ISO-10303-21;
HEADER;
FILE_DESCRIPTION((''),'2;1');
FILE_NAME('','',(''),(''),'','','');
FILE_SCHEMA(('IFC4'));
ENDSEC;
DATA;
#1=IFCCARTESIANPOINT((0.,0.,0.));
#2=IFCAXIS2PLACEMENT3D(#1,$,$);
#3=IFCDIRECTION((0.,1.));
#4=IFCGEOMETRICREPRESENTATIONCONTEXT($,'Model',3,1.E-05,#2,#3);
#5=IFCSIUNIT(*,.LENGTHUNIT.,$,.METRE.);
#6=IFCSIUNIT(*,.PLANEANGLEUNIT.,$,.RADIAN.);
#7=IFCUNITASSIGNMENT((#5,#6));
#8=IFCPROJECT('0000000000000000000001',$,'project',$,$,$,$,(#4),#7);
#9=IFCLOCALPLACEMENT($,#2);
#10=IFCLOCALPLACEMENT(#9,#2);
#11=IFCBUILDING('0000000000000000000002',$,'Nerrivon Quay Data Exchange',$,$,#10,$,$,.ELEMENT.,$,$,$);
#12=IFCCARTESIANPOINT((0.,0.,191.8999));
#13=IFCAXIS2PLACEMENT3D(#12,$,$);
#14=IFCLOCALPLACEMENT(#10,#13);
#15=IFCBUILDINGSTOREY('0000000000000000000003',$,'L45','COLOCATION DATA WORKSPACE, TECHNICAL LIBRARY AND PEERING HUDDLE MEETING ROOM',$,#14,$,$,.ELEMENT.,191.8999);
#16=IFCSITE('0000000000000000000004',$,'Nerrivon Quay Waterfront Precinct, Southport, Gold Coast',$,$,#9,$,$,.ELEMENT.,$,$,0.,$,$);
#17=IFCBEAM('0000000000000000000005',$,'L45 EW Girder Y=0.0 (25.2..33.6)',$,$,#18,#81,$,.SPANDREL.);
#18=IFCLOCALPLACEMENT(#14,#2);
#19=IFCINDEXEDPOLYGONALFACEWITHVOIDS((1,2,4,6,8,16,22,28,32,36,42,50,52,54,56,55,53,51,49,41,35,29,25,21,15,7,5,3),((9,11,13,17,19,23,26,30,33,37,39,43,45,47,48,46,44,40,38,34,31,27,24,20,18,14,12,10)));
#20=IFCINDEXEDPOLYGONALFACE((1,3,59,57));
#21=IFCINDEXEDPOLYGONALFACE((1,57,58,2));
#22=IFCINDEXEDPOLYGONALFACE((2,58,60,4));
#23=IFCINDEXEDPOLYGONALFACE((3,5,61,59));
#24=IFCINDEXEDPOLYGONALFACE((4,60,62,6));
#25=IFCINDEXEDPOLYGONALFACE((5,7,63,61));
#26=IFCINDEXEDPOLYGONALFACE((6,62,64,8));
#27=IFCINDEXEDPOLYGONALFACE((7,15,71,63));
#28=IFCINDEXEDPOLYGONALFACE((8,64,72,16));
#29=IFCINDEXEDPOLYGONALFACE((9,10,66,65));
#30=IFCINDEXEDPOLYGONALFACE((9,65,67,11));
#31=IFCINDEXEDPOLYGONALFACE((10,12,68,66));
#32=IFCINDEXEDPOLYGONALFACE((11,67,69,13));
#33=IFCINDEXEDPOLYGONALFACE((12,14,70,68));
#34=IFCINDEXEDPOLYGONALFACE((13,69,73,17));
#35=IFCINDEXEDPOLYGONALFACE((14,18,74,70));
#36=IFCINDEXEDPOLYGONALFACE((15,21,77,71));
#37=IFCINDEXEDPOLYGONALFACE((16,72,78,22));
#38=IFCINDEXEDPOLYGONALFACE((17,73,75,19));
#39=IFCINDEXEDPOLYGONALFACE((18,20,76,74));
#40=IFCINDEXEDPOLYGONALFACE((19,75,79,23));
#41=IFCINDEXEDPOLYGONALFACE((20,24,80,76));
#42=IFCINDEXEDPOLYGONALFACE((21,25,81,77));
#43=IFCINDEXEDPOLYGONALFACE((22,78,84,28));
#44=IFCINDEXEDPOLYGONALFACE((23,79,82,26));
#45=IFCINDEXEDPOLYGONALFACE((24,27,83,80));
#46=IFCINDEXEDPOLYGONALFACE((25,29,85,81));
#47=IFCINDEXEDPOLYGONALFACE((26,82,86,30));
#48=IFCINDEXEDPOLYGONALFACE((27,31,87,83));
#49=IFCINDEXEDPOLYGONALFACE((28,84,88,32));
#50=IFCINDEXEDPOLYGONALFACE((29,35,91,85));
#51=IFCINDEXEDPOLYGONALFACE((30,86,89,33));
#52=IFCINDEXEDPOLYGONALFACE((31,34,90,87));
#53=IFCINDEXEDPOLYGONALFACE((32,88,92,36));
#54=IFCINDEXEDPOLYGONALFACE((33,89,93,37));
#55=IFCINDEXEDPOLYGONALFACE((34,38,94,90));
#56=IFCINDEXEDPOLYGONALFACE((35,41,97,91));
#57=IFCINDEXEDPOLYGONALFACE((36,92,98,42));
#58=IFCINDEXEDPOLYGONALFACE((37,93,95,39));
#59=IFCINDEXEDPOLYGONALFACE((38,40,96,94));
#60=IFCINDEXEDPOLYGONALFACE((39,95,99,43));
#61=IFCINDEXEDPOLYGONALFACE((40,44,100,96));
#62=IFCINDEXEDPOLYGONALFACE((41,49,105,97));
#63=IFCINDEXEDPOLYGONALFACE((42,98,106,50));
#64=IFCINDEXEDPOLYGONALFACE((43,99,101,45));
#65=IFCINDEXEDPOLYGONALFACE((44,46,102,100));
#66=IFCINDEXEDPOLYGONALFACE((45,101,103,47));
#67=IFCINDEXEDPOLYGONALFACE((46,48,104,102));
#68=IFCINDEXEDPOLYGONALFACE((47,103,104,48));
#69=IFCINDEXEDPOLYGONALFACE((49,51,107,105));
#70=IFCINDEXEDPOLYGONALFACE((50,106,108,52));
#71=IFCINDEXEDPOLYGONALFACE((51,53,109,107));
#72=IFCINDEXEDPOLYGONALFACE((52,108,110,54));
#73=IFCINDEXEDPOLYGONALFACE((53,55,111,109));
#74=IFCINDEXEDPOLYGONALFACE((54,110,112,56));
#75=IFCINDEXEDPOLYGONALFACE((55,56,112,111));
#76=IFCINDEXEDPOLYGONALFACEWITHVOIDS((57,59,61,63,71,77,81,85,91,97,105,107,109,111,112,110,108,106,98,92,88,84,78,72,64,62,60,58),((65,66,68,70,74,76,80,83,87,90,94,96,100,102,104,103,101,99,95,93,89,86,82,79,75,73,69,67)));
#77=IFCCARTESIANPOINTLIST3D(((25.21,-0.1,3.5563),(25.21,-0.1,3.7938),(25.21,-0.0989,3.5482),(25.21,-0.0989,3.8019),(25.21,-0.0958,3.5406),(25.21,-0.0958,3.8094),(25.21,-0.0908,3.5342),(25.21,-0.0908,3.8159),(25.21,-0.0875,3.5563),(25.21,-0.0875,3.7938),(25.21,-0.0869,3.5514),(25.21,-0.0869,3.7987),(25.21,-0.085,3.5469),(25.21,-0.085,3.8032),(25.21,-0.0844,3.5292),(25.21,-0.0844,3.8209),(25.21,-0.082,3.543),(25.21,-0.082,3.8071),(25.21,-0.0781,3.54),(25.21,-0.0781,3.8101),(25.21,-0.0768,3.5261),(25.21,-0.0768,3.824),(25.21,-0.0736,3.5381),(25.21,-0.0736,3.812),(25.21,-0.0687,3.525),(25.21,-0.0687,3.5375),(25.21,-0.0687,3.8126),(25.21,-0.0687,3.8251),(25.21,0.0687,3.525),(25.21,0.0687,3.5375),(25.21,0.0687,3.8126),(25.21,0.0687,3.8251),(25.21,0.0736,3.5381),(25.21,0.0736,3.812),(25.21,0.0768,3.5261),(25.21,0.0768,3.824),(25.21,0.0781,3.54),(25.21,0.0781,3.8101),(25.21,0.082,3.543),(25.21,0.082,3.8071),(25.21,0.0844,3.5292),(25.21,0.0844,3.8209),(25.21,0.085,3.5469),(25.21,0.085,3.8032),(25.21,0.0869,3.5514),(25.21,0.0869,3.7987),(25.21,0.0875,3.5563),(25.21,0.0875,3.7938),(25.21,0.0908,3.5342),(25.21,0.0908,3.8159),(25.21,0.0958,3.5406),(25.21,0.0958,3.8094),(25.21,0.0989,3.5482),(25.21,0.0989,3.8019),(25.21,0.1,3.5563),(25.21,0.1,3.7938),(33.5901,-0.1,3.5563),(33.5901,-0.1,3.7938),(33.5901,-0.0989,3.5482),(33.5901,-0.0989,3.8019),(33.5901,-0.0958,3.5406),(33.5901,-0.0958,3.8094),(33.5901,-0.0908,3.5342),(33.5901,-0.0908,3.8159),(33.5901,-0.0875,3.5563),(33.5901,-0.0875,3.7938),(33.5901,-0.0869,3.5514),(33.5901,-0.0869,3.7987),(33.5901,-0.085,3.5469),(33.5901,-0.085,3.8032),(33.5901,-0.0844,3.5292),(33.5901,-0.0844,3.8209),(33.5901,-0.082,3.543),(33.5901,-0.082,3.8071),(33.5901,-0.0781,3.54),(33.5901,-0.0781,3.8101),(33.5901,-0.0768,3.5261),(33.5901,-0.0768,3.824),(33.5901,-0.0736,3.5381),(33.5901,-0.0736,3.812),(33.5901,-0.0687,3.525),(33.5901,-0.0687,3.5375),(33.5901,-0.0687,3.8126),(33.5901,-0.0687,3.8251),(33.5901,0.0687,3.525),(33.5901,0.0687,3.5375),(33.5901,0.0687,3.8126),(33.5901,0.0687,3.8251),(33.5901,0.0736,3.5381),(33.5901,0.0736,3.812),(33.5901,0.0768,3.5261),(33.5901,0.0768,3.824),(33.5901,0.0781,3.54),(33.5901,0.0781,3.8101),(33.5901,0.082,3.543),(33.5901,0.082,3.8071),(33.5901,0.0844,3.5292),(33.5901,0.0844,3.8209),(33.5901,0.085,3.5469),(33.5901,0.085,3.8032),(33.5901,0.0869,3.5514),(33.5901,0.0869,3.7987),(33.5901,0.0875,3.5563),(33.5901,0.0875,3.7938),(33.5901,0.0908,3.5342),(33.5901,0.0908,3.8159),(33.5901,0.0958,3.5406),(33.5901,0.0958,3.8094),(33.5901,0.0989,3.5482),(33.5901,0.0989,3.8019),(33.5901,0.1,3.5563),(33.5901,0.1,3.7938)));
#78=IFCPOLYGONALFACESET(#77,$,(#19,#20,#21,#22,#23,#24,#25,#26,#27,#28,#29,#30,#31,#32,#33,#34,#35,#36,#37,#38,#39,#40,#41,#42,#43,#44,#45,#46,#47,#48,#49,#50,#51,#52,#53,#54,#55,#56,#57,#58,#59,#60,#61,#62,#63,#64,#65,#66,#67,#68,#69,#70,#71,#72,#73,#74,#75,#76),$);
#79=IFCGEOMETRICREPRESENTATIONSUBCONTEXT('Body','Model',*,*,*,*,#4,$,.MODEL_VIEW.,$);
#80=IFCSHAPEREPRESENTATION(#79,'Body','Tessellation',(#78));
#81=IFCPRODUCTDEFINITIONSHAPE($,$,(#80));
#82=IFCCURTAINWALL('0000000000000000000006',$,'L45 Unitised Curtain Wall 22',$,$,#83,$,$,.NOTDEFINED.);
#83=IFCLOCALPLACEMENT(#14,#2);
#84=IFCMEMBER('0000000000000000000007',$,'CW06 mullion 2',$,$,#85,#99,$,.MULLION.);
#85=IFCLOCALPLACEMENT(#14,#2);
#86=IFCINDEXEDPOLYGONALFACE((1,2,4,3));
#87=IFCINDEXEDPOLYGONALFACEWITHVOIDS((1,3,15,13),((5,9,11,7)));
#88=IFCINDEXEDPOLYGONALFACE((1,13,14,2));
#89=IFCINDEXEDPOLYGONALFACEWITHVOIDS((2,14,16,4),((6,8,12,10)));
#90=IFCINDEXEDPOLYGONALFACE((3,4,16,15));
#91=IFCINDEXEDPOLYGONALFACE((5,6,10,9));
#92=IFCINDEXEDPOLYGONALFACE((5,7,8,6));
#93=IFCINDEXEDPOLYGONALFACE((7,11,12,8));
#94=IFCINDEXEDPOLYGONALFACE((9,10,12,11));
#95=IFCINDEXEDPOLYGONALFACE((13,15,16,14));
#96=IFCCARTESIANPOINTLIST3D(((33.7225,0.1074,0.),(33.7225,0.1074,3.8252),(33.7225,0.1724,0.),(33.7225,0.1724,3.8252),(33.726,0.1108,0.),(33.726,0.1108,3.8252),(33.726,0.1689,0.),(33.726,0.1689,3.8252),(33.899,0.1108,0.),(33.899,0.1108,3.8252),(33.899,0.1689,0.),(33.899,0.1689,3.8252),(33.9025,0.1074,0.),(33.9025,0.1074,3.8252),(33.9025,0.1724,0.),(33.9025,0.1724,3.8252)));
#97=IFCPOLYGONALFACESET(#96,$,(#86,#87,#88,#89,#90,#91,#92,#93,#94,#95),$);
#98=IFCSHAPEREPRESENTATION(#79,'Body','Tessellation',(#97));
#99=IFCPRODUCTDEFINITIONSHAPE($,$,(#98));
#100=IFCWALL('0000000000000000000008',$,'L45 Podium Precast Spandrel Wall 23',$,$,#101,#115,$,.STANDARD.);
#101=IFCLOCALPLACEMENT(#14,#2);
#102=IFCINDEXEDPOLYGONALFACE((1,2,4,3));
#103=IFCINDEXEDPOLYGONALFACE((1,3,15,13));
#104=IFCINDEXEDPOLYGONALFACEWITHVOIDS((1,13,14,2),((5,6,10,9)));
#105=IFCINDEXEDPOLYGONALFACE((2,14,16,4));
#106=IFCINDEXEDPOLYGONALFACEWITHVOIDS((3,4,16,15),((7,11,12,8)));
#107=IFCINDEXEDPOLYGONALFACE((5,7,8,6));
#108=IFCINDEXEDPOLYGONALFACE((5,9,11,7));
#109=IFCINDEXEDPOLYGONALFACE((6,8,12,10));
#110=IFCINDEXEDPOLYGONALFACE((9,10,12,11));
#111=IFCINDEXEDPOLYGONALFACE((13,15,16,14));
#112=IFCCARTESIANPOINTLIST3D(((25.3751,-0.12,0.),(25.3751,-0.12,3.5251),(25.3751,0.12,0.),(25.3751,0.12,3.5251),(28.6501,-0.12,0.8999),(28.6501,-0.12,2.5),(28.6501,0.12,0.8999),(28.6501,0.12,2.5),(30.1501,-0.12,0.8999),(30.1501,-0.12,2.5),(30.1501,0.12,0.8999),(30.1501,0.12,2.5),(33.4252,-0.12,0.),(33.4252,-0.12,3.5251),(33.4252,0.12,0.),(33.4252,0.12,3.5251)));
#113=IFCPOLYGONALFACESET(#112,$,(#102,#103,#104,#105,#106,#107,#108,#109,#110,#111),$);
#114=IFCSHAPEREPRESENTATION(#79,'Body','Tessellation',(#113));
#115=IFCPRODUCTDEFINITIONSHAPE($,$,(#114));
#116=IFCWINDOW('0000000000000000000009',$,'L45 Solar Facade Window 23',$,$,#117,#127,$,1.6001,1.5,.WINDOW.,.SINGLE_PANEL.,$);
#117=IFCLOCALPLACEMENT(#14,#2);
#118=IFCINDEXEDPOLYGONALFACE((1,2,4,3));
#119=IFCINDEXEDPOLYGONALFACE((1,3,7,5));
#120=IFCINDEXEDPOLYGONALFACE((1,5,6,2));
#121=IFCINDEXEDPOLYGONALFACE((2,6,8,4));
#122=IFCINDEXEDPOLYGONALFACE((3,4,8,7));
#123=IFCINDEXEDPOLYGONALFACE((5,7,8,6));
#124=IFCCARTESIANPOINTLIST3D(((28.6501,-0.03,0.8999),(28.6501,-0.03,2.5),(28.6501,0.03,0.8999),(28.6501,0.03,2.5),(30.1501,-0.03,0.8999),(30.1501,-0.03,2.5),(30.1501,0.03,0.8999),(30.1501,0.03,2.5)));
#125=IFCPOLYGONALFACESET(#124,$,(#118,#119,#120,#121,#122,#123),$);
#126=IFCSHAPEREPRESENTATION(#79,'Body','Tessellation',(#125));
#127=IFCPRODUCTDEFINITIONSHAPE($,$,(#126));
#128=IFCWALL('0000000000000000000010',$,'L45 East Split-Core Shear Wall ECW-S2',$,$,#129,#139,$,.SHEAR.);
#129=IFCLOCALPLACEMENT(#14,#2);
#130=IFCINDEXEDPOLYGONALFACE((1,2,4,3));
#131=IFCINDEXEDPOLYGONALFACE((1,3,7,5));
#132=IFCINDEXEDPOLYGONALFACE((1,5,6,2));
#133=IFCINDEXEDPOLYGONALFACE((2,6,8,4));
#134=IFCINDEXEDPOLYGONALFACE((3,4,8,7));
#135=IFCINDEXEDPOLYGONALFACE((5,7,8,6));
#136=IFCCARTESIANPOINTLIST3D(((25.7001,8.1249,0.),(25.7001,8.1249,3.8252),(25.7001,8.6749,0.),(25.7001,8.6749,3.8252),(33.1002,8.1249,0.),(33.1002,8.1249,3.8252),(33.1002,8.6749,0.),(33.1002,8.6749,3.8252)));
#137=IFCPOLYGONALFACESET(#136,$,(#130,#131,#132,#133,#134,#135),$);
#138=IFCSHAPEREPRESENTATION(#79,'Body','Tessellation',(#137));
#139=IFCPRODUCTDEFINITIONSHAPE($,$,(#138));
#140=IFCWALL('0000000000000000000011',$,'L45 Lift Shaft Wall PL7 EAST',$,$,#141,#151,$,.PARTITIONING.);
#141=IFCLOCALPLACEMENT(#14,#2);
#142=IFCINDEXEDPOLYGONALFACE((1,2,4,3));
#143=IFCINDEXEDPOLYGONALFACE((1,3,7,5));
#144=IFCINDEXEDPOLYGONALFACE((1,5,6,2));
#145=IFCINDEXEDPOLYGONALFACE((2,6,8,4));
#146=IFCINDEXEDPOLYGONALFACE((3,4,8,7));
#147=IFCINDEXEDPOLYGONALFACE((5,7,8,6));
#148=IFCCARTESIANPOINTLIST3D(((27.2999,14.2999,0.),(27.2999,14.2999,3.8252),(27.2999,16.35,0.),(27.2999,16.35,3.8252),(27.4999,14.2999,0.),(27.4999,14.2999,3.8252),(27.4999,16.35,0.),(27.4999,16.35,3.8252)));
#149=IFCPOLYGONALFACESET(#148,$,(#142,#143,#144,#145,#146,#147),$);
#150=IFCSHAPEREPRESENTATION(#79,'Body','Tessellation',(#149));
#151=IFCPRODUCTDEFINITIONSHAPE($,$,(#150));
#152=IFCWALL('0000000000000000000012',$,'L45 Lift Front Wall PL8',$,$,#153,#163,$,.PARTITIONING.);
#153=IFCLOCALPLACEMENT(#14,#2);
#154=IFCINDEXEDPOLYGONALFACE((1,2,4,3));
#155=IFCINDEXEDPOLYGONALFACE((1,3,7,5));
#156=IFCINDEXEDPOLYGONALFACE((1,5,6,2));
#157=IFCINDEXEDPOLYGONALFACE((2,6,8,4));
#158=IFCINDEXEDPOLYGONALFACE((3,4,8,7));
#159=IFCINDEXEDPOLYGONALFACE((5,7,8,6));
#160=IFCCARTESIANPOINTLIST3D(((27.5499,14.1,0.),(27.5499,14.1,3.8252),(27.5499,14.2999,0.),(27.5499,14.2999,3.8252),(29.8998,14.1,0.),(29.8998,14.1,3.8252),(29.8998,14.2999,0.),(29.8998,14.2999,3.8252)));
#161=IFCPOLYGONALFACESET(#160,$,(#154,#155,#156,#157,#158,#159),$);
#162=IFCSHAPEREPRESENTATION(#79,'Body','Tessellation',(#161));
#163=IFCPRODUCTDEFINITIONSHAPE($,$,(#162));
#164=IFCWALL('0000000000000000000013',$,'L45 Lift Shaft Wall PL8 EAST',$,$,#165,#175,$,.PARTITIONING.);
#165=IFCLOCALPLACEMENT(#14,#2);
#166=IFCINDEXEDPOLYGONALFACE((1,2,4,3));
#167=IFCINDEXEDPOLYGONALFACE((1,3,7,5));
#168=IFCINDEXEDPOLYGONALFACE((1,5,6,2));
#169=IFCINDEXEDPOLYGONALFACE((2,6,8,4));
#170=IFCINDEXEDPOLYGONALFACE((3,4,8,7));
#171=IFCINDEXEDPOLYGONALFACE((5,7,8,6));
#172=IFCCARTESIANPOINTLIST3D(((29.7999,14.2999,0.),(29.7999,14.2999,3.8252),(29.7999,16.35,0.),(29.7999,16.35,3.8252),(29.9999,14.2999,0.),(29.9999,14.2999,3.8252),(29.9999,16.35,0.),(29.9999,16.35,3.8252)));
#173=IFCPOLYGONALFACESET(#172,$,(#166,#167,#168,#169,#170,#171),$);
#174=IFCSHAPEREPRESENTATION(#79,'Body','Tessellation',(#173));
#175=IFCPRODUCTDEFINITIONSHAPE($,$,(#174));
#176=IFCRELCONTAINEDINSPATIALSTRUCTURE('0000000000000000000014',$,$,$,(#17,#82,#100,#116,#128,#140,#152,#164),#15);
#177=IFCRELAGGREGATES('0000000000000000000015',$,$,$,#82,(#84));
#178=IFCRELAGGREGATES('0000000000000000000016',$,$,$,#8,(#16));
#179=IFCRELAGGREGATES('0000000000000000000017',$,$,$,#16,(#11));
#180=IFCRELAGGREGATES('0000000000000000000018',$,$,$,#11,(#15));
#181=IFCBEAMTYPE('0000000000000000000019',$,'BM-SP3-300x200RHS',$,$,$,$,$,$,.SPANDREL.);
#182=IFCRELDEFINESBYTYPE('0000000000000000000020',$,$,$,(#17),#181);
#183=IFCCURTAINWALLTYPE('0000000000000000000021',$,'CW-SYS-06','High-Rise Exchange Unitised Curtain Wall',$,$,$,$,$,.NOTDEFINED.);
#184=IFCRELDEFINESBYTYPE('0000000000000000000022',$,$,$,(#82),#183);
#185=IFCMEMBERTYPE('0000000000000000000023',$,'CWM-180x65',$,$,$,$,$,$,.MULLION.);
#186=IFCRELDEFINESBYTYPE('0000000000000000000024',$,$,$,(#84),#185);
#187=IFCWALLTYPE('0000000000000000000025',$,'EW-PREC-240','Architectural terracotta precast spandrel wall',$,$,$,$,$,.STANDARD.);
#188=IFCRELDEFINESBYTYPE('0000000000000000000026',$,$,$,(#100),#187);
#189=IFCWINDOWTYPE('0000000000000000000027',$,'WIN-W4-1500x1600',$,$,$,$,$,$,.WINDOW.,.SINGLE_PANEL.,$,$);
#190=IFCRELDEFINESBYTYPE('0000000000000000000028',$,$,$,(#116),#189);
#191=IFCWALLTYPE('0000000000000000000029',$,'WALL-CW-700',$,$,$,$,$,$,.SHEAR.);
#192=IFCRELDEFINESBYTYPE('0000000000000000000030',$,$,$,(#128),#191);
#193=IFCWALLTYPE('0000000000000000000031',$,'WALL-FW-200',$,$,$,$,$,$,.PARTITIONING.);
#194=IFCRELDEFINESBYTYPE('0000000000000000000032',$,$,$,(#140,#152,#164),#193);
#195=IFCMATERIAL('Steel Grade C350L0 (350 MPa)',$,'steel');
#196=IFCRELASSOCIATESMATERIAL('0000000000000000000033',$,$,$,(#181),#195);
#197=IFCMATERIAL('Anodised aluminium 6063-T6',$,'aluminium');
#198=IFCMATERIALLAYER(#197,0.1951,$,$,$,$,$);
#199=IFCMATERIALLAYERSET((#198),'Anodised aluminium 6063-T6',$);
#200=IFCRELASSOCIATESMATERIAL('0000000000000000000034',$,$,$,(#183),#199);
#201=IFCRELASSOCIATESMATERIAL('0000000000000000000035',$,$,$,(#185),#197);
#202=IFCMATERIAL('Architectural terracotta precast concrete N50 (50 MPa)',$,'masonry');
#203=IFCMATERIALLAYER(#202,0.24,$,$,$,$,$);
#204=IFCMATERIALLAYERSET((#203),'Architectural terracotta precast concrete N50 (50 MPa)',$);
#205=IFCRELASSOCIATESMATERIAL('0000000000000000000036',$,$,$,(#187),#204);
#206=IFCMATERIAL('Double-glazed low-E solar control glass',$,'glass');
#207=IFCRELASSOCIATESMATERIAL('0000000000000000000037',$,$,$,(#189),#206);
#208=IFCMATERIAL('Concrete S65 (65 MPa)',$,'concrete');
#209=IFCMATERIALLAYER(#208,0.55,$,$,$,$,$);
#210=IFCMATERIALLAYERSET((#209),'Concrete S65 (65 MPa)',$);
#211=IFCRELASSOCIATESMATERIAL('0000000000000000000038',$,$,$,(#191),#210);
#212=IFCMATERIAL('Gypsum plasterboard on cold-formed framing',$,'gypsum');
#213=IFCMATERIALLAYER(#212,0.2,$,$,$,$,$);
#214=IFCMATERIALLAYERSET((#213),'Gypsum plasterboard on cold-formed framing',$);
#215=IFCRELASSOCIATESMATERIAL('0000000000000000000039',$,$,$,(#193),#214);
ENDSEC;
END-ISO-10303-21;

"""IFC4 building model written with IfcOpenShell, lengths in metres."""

from ifc_helpers import new_model, si_unit, direction, frame, frame_2d, origin, origin_2d, place, context, subcontext, project, spatial, rectangle, hollow_rectangle, extrude, material, layer, layer_set, material_profile, profile_set, type_object, element, fill, aggregate, save


model = new_model("IFC4")

# Units and contexts
model_context = context("Model", 3, precision=1e-05, world=origin(), true_north=direction((0.0, 1.0)))
body_context = subcontext(model_context, "Body", "Model", "MODEL_VIEW")
ifc_project = project(units=[si_unit("LENGTHUNIT", "METRE"), si_unit("PLANEANGLEUNIT", "RADIAN")], contexts=[model_context])

# Site, building, storey
site_placement = place(None, origin())
site = spatial("IfcSite", under=ifc_project, at=site_placement, Name="Nerrivon Quay Waterfront Precinct, Southport, Gold Coast", CompositionType="ELEMENT", RefElevation=0.0)
building_placement = place(site_placement, origin())
building = spatial("IfcBuilding", under=site, at=building_placement, Name="Nerrivon Quay Data Exchange", CompositionType="ELEMENT")
storey_placement = place(building_placement, frame((0.0, 0.0, 191.8999)))
storey = spatial("IfcBuildingStorey", under=building, at=storey_placement, Name="L45", Description="COLOCATION DATA WORKSPACE, TECHNICAL LIBRARY AND PEERING HUDDLE MEETING ROOM", CompositionType="ELEMENT", Elevation=191.8999)

# Shared definitions
ifc_material_1 = material(Name="Concrete S65 (65 MPa)", Category="concrete")

# Beam
ifc_material_2 = material(Name="Steel Grade C350L0 (350 MPa)", Category="steel")
ifc_material_profile_1 = material_profile(ifc_material_2, hollow_rectangle(XDim=0.2, YDim=0.3, WallThickness=0.0125, InnerFilletRadius=0.0188, OuterFilletRadius=0.0312, at=origin_2d()), Name="300x200x12.5RHS")
ifc_profile_set_1 = profile_set([ifc_material_profile_1], Name="Steel Grade C350L0 (350 MPa)")
beam_type_1 = type_object("IfcBeamType", Name="BM-SP3-300x200RHS", PredefinedType="SPANDREL", material=ifc_profile_set_1)
beam_1_placement = place(storey_placement, frame((25.21, 0.0, 3.675), z_axis=(1.0, 0.0, 0.0), x_axis=(0.0, 1.0, 0.0)))
element("IfcBeam", 1, at=beam_1_placement, inside=storey, type_object=beam_type_1, Name="L45 EW Girder Y=0.0 (25.2..33.6)", PredefinedType="SPANDREL", context=body_context, shape_type="SweptSolid", body=[
    extrude(hollow_rectangle(XDim=0.2, YDim=0.3, WallThickness=0.0125, InnerFilletRadius=0.0188, OuterFilletRadius=0.0312, at=origin_2d()), origin(), (0.0, 0.0, 1.0), 8.3801),
])

# Curtain wall, member
ifc_material_3 = material(Name="Anodised aluminium 6063-T6", Category="aluminium")
ifc_layer_1 = layer(ifc_material_3, 0.1951)
ifc_layer_set_1 = layer_set([ifc_layer_1], Name="Anodised aluminium 6063-T6")
curtain_wall_type = type_object("IfcCurtainWallType", Name="CW-SYS-06", Description="High-Rise Exchange Unitised Curtain Wall", PredefinedType="NOTDEFINED", material=ifc_layer_set_1)
curtain_wall_placement = place(storey_placement, origin())
curtain_wall = element("IfcCurtainWall", 2, at=curtain_wall_placement, inside=storey, type_object=curtain_wall_type, Name="L45 Unitised Curtain Wall 22", PredefinedType="NOTDEFINED")
ifc_material_profile_2 = material_profile(ifc_material_3, hollow_rectangle(XDim=0.0649, YDim=0.1799, WallThickness=0.0034, at=origin_2d()), Name="ALU-MULL-180x65")
ifc_profile_set_2 = profile_set([ifc_material_profile_2], Name="Anodised aluminium 6063-T6")
member_type = type_object("IfcMemberType", Name="CWM-180x65", PredefinedType="MULLION", material=ifc_profile_set_2)
member_placement = place(storey_placement, frame((33.8125, 0.1399, 0.0), z_axis=(0.0, 0.0, 1.0), x_axis=(0.0, -1.0, 0.0)))
member = element("IfcMember", 3, at=member_placement, type_object=member_type, Name="CW06 mullion 2", PredefinedType="MULLION", context=body_context, shape_type="SweptSolid", body=[
    extrude(hollow_rectangle(XDim=0.0649, YDim=0.1799, WallThickness=0.0034, at=origin_2d()), origin(), (0.0, 0.0, 1.0), 3.8252),
])
aggregate(curtain_wall, [member])

# Wall, opening, window
ifc_material_4 = material(Name="Architectural terracotta precast concrete N50 (50 MPa)", Category="masonry")
ifc_layer_2 = layer(ifc_material_4, 0.24)
ifc_layer_set_2 = layer_set([ifc_layer_2], Name="Architectural terracotta precast concrete N50 (50 MPa)")
wall_type_1 = type_object("IfcWallType", Name="EW-PREC-240", Description="Architectural terracotta precast spandrel wall", PredefinedType="STANDARD", material=ifc_layer_set_2)
wall_1_placement = place(storey_placement, frame((33.425, 0.0, 0.0), z_axis=(0.0, 0.0, 1.0), x_axis=(-1.0, 0.0, 0.0)))
wall_1 = element("IfcWall", 4, at=wall_1_placement, inside=storey, type_object=wall_type_1, Name="L45 Podium Precast Spandrel Wall 23", PredefinedType="STANDARD", context=body_context, shape_type="SweptSolid", body=[
    extrude(rectangle(XDim=8.05, YDim=0.24, at=frame_2d((4.0249, 0.0))), origin(), (0.0, 0.0, 1.0), 3.5251),
])
opening_1_placement = place(wall_1_placement, frame((3.2749, 0.0, 0.8999)))
opening_1 = element("IfcOpeningElement", 5, at=opening_1_placement, cuts=wall_1, PredefinedType="OPENING", context=body_context, shape_type="SweptSolid", body=[
    extrude(rectangle(XDim=1.5, YDim=1.6001, at=frame_2d((0.75, 0.8))), frame((0.0, 0.1299, 0.0), z_axis=(0.0, -1.0, 0.0), x_axis=(1.0, 0.0, 0.0)), (0.0, 0.0, 1.0), 0.26),
])
ifc_material_5 = material(Name="Double-glazed low-E solar control glass", Category="glass")
window_type = type_object("IfcWindowType", Name="WIN-W4-1500x1600", PartitioningType="SINGLE_PANEL", PredefinedType="WINDOW", material=ifc_material_5)
window_placement = place(opening_1_placement, origin())
window = element("IfcWindow", 6, at=window_placement, inside=storey, type_object=window_type, Name="L45 Solar Facade Window 23", OverallHeight=1.6001, OverallWidth=1.5, PartitioningType="SINGLE_PANEL", PredefinedType="WINDOW", context=body_context, shape_type="SweptSolid", body=[
    extrude(rectangle(XDim=1.5, YDim=1.6001, at=frame_2d((0.75, 0.8))), frame((0.0, 0.03, 0.0), z_axis=(0.0, -1.0, 0.0), x_axis=(1.0, 0.0, 0.0)), (0.0, 0.0, 1.0), 0.0601),
])
fill(opening_1, window)

# Wall
ifc_layer_3 = layer(ifc_material_1, 0.55)
ifc_layer_set_3 = layer_set([ifc_layer_3], Name="Concrete S65 (65 MPa)")
wall_type_2 = type_object("IfcWallType", Name="WALL-CW-700", PredefinedType="SHEAR", material=ifc_layer_set_3)
wall_2_placement = place(storey_placement, frame((25.7, 8.3999, 0.0), z_axis=(0.0, 0.0, 1.0), x_axis=(1.0, 0.0, 0.0)))
element("IfcWall", 7, at=wall_2_placement, inside=storey, type_object=wall_type_2, Name="L45 East Split-Core Shear Wall ECW-S2", PredefinedType="SHEAR", context=body_context, shape_type="SweptSolid", body=[
    extrude(rectangle(XDim=7.4001, YDim=0.55, at=frame_2d((3.7002, 0.0))), origin(), (0.0, 0.0, 1.0), 3.8252),
])

# Walls
ifc_material_6 = material(Name="Gypsum plasterboard on cold-formed framing", Category="gypsum")
ifc_layer_4 = layer(ifc_material_6, 0.2)
ifc_layer_set_4 = layer_set([ifc_layer_4], Name="Gypsum plasterboard on cold-formed framing")
wall_type_3 = type_object("IfcWallType", Name="WALL-FW-200", PredefinedType="PARTITIONING", material=ifc_layer_set_4)
wall_3_placement = place(storey_placement, frame((27.3999, 14.3, 0.0), z_axis=(0.0, 0.0, 1.0), x_axis=(0.0, 1.0, 0.0)))
element("IfcWall", 8, at=wall_3_placement, inside=storey, type_object=wall_type_3, Name="L45 Lift Shaft Wall PL7 EAST", PredefinedType="PARTITIONING", context=body_context, shape_type="SweptSolid", body=[
    extrude(rectangle(XDim=2.05, YDim=0.2, at=frame_2d((1.0249, 0.0))), origin(), (0.0, 0.0, 1.0), 3.8252),
])
wall_4_placement = place(storey_placement, frame((27.55, 14.2, 0.0), z_axis=(0.0, 0.0, 1.0), x_axis=(1.0, 0.0, 0.0)))
element("IfcWall", 9, at=wall_4_placement, inside=storey, type_object=wall_type_3, Name="L45 Lift Front Wall PL8", PredefinedType="PARTITIONING", context=body_context, shape_type="SweptSolid", body=[
    extrude(rectangle(XDim=2.3499, YDim=0.2, at=frame_2d((1.1748, 0.0))), origin(), (0.0, 0.0, 1.0), 3.8252),
])
wall_5_placement = place(storey_placement, frame((29.8999, 14.3, 0.0), z_axis=(0.0, 0.0, 1.0), x_axis=(0.0, 1.0, 0.0)))
element("IfcWall", 10, at=wall_5_placement, inside=storey, type_object=wall_type_3, Name="L45 Lift Shaft Wall PL8 EAST", PredefinedType="PARTITIONING", context=body_context, shape_type="SweptSolid", body=[
    extrude(rectangle(XDim=2.05, YDim=0.2, at=frame_2d((1.0249, 0.0))), origin(), (0.0, 0.0, 1.0), 3.8252),
])

save(model, "model.ifc")
